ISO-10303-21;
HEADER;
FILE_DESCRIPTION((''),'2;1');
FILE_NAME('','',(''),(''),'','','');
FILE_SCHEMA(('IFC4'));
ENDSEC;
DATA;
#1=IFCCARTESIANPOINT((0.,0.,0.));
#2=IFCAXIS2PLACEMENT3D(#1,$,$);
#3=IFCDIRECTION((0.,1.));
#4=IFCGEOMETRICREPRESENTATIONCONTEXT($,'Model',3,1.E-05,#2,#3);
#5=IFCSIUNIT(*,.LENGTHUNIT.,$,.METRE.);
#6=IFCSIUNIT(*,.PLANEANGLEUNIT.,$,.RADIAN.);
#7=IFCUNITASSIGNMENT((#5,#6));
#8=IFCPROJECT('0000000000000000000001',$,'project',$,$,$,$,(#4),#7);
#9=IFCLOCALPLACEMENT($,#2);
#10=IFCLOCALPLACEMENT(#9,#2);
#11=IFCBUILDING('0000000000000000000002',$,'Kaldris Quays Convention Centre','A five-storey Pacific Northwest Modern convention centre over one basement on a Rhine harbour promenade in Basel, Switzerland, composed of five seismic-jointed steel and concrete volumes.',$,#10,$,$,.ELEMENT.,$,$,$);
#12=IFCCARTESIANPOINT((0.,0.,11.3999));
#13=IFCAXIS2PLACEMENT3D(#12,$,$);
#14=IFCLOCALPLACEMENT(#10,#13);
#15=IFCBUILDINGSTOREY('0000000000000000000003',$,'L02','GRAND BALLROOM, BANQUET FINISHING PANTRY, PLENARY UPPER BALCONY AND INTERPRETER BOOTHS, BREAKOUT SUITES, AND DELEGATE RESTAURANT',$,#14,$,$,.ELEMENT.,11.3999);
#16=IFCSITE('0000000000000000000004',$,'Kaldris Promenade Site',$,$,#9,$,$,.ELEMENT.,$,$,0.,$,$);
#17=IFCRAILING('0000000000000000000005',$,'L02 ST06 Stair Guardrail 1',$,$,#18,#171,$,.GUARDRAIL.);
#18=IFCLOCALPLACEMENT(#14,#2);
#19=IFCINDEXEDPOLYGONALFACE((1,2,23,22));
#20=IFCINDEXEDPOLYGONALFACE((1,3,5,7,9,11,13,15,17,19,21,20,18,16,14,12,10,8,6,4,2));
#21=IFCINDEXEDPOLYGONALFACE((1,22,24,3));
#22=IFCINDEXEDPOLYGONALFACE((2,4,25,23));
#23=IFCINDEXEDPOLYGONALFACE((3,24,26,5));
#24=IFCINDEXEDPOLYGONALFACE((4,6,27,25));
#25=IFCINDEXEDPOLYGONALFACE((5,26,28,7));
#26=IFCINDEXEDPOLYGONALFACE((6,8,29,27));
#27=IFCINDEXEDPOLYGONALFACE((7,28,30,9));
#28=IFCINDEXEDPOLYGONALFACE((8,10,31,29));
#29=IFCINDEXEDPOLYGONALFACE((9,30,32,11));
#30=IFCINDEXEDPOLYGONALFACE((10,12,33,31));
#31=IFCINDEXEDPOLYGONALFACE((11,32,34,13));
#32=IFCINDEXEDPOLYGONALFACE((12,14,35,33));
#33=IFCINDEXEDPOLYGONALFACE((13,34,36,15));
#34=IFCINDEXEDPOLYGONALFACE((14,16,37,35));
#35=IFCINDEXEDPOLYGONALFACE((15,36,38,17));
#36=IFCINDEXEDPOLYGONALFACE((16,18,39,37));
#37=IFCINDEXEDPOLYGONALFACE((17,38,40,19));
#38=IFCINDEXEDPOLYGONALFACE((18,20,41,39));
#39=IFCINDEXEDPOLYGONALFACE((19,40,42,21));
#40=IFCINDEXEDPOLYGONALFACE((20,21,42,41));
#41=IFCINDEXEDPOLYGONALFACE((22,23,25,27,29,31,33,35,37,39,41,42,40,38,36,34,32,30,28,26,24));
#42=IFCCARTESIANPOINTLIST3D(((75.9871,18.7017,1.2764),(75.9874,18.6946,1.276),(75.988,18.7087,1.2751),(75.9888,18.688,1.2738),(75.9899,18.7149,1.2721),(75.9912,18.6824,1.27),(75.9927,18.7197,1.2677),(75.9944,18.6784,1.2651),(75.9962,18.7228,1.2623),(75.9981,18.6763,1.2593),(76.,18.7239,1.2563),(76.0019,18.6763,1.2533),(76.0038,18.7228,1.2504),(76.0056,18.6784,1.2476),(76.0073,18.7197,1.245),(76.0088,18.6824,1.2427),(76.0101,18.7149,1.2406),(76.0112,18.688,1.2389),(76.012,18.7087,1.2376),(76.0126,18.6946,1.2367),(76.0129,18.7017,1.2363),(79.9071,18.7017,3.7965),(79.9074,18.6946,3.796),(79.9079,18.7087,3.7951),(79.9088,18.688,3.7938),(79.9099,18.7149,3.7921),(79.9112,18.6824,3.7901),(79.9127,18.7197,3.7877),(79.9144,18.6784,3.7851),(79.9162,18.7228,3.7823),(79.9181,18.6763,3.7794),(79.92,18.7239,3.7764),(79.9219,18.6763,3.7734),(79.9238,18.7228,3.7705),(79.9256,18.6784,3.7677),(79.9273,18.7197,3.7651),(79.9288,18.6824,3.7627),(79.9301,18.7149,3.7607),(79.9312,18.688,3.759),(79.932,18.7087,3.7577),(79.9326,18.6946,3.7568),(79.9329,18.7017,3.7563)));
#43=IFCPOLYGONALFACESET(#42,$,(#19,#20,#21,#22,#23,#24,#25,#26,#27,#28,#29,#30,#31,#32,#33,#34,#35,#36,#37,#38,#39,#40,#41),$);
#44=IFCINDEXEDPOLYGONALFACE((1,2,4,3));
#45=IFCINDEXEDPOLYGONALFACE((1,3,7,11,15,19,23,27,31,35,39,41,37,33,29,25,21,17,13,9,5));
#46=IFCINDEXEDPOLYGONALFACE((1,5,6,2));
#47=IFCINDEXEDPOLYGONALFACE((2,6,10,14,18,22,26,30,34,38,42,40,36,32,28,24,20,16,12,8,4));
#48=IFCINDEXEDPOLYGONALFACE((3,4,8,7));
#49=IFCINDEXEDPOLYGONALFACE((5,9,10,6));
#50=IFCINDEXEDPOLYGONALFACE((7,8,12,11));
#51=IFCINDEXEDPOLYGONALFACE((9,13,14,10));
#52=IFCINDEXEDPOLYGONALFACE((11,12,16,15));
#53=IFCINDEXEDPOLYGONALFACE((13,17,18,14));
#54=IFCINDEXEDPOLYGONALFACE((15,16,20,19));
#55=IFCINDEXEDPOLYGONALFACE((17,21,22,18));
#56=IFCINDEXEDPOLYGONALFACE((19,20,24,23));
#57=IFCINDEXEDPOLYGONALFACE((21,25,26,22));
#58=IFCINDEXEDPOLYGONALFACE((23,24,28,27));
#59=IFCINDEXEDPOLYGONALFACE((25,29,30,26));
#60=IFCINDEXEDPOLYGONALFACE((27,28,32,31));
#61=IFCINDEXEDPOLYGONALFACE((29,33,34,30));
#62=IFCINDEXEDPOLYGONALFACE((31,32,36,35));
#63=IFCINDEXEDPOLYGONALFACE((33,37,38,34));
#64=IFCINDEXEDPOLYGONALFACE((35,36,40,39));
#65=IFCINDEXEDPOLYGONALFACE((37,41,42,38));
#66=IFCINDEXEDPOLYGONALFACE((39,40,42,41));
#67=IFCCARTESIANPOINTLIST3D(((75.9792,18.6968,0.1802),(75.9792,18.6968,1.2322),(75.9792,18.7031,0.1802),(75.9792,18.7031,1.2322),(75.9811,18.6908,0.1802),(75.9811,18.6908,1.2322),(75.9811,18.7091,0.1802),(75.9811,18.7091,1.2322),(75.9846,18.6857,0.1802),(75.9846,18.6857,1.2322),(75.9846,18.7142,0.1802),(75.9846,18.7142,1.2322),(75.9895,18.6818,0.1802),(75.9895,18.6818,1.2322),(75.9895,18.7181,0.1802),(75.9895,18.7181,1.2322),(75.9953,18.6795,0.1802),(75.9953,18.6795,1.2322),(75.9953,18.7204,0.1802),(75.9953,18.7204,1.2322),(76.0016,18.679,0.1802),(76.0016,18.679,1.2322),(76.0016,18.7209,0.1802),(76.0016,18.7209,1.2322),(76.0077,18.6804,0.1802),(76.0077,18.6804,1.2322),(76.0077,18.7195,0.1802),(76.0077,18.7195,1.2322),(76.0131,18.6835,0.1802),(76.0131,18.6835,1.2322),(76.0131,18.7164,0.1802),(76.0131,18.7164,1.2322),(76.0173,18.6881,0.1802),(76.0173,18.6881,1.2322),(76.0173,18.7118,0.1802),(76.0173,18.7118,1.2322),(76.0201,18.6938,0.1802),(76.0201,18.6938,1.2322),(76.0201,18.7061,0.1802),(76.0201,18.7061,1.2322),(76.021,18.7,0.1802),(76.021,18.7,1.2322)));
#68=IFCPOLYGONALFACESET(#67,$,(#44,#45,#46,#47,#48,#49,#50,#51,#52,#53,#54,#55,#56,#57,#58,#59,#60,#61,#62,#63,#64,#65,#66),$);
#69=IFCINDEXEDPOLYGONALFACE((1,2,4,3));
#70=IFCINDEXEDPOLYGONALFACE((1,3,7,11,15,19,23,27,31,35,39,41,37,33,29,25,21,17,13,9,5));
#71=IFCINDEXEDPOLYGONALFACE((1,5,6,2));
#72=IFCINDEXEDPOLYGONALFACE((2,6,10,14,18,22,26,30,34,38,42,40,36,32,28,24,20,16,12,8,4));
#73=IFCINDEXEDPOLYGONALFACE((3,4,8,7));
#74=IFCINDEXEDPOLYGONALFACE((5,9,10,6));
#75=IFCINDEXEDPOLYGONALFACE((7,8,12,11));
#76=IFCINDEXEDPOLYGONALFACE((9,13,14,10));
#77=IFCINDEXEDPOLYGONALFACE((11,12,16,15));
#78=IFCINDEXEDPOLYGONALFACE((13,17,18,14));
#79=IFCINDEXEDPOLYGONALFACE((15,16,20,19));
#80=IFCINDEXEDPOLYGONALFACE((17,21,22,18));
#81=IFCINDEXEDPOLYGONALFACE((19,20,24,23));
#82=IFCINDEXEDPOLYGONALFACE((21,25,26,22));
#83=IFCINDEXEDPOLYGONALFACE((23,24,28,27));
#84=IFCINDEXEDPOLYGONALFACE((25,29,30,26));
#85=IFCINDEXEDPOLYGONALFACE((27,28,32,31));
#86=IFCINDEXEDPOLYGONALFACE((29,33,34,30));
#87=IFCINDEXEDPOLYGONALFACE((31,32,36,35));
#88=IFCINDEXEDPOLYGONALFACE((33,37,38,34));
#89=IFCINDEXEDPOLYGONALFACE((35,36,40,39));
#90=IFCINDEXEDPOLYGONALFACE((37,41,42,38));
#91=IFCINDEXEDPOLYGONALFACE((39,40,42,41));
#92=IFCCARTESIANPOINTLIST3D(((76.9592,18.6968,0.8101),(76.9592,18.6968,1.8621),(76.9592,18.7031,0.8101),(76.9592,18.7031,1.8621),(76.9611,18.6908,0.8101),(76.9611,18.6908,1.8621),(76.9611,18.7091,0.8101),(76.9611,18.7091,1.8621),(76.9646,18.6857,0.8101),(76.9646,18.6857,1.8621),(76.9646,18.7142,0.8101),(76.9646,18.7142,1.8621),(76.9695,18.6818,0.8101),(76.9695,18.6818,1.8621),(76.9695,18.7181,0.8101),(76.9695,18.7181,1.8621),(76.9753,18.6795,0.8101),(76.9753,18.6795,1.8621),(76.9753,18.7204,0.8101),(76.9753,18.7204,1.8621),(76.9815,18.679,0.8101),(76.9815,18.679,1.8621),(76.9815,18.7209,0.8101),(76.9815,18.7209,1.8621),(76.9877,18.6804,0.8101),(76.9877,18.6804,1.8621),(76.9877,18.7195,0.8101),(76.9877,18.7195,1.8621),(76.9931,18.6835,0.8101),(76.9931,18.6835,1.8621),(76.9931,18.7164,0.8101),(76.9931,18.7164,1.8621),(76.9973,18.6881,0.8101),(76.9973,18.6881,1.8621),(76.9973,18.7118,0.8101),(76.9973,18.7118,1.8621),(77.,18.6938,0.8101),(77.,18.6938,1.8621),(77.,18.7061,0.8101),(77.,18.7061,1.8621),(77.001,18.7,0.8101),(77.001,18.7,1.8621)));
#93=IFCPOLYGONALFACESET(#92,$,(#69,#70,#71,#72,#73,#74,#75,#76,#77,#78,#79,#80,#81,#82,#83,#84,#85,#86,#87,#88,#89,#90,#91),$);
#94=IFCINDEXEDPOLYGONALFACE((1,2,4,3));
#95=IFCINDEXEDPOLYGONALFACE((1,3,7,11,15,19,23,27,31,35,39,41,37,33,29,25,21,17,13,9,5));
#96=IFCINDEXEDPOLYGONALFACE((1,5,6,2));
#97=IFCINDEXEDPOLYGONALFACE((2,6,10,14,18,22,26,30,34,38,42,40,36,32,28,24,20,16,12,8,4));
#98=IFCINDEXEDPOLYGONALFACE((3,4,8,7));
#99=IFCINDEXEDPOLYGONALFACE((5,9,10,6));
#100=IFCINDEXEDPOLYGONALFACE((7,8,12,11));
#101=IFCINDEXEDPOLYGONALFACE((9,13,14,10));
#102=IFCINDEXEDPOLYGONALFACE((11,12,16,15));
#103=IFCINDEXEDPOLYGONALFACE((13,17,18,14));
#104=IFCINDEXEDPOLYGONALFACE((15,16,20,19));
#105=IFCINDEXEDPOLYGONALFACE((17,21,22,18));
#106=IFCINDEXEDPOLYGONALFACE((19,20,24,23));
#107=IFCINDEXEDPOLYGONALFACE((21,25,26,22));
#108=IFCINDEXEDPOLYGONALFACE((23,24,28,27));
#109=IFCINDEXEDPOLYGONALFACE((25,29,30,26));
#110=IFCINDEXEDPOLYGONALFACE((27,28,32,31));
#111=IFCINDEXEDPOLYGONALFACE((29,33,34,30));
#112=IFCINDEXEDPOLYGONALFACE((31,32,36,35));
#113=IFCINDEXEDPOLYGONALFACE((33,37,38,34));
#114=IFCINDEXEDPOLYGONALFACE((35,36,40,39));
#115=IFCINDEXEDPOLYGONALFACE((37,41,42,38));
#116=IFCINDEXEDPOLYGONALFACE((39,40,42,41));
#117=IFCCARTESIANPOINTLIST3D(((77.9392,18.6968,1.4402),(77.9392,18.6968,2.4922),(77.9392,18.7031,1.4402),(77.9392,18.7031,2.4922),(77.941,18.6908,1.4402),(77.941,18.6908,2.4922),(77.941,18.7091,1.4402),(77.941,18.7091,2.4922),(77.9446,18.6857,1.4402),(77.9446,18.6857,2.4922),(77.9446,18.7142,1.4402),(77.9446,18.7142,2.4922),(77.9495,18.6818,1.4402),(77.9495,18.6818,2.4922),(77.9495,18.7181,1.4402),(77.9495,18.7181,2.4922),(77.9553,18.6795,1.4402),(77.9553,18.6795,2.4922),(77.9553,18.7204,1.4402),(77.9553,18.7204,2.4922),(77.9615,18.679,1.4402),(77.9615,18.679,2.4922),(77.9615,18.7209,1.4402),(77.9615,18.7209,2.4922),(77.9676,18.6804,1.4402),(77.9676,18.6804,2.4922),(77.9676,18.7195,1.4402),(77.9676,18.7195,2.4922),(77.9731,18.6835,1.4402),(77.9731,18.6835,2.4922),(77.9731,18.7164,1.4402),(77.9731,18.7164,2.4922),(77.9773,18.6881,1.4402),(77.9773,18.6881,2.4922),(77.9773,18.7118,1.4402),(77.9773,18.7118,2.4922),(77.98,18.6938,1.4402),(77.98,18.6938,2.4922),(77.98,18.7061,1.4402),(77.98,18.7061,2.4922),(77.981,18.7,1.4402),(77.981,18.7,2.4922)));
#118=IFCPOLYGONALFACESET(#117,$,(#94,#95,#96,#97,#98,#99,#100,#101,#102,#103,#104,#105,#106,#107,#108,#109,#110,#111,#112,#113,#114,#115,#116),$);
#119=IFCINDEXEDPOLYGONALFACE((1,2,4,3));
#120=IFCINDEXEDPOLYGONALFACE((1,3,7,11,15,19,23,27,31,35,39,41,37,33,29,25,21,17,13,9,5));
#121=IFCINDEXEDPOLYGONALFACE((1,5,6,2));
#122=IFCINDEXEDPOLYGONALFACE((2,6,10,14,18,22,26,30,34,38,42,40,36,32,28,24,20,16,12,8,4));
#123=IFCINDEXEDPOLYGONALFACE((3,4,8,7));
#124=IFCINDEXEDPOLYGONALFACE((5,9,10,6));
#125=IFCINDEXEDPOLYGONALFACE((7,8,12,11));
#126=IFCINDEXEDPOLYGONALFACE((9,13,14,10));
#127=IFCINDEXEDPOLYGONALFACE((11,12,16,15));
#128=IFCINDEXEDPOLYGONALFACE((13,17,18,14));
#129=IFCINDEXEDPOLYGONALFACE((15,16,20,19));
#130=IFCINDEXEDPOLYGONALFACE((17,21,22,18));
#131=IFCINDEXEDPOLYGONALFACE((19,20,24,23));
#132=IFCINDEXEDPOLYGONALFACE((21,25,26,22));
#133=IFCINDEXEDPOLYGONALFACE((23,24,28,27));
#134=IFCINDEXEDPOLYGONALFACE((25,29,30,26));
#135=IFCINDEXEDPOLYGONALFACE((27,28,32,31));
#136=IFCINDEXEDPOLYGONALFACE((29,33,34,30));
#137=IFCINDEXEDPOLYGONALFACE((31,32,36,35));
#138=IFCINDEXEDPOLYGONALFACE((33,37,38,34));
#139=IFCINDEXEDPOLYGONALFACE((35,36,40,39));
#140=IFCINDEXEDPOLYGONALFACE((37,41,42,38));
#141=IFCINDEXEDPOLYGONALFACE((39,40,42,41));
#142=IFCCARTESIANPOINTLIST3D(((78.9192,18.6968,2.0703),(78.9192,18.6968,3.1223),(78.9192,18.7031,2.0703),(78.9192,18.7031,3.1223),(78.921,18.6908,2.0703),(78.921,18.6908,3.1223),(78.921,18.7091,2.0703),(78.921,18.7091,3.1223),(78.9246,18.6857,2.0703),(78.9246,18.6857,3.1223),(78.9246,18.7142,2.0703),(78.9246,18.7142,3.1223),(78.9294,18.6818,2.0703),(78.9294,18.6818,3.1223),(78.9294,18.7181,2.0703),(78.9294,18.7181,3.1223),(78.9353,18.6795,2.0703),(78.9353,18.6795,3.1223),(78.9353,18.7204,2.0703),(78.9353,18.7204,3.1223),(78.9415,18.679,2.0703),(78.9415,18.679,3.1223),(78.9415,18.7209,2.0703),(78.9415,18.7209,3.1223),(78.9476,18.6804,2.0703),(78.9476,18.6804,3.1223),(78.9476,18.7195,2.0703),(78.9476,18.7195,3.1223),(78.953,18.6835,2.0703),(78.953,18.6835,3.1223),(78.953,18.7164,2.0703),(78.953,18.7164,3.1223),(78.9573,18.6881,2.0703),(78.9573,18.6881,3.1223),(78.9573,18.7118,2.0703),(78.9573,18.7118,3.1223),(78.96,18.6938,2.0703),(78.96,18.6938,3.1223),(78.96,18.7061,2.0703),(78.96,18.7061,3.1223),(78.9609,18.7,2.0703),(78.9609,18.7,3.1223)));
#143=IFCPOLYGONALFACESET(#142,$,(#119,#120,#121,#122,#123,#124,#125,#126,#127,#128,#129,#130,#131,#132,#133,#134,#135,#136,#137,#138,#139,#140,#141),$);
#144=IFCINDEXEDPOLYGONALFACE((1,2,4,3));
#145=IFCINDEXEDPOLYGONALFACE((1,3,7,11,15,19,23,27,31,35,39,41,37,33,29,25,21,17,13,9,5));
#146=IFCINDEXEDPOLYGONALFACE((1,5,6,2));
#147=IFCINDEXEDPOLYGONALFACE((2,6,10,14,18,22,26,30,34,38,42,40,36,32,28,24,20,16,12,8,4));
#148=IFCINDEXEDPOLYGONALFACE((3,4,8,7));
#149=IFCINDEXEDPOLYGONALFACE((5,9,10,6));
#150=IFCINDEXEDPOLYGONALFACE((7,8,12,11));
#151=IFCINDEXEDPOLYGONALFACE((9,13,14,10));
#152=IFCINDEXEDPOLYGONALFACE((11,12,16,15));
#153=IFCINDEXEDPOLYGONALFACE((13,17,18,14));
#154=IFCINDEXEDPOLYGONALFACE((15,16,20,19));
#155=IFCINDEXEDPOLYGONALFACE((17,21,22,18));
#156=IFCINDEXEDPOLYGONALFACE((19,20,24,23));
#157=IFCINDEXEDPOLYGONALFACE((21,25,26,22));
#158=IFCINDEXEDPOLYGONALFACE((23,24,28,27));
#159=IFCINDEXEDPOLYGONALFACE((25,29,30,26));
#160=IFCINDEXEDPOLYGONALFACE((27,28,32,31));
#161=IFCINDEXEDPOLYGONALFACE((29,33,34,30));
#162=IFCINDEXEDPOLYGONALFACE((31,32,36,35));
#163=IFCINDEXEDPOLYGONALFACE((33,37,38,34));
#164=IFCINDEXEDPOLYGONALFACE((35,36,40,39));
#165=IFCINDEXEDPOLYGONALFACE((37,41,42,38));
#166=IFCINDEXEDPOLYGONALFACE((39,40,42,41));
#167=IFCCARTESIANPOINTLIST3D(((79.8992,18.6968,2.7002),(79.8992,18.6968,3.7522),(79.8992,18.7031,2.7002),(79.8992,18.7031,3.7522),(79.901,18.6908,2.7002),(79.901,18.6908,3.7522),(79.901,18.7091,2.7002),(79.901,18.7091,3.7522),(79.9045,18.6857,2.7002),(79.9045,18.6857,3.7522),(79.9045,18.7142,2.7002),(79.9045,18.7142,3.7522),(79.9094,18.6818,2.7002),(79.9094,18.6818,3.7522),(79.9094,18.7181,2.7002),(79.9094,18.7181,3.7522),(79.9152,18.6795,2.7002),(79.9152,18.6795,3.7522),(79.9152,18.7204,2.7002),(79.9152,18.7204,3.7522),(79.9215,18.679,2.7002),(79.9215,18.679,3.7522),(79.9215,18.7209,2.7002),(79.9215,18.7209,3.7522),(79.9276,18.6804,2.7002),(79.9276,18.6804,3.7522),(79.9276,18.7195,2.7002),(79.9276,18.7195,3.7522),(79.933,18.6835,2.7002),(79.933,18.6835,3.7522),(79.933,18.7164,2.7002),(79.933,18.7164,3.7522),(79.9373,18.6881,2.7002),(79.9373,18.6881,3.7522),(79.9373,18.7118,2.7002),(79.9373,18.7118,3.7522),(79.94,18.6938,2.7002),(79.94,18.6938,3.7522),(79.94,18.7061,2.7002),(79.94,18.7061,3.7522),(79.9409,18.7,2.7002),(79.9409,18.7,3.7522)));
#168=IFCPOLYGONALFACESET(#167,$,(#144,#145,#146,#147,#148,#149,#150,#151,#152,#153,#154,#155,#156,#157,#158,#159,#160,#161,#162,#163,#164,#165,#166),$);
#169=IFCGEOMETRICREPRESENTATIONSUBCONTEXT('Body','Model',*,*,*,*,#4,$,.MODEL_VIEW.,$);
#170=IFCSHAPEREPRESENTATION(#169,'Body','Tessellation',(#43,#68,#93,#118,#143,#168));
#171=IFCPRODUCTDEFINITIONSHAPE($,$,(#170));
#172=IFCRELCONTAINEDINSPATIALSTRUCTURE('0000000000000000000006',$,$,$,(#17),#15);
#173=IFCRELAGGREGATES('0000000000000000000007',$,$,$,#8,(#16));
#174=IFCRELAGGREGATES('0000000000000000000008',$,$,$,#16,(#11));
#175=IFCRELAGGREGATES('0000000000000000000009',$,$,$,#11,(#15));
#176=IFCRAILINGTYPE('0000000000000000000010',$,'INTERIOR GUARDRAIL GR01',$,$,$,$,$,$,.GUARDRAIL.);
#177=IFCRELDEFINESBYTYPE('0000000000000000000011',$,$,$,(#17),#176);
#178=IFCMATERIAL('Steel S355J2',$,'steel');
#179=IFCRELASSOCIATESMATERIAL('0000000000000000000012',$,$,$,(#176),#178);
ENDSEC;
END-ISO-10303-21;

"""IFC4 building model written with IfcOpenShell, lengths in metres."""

from ifc_helpers import new_model, si_unit, direction, frame, origin, origin_2d, place, context, subcontext, project, spatial, circle, extrude, material, type_object, element, save


model = new_model("IFC4")

# Units and contexts
model_context = context("Model", 3, precision=1e-05, world=origin(), true_north=direction((0.0, 1.0)))
body_context = subcontext(model_context, "Body", "Model", "MODEL_VIEW")
ifc_project = project(units=[si_unit("LENGTHUNIT", "METRE"), si_unit("PLANEANGLEUNIT", "RADIAN")], contexts=[model_context])

# Site, building, storey
site_placement = place(None, origin())
site = spatial("IfcSite", under=ifc_project, at=site_placement, Name="Kaldris Promenade Site", CompositionType="ELEMENT", RefElevation=0.0)
building_placement = place(site_placement, origin())
building = spatial("IfcBuilding", under=site, at=building_placement, Name="Kaldris Quays Convention Centre", Description="A five-storey Pacific Northwest Modern convention centre over one basement on a Rhine harbour promenade in Basel, Switzerland, composed of five seismic-jointed steel and concrete volumes.", CompositionType="ELEMENT")
storey_placement = place(building_placement, frame((0.0, 0.0, 11.3999)))
storey = spatial("IfcBuildingStorey", under=building, at=storey_placement, Name="L02", Description="GRAND BALLROOM, BANQUET FINISHING PANTRY, PLENARY UPPER BALCONY AND INTERPRETER BOOTHS, BREAKOUT SUITES, AND DELEGATE RESTAURANT", CompositionType="ELEMENT", Elevation=11.3999)

# Shared definitions
ifc_material_1 = material(Name="Steel S355J2", Category="steel")

# Railing
railing_type_1 = type_object("IfcRailingType", Name="INTERIOR GUARDRAIL GR01", PredefinedType="GUARDRAIL", material=ifc_material_1)
railing_1_placement = place(storey_placement, frame((76.0, 18.7, 0.1802)))
element("IfcRailing", 1, at=railing_1_placement, inside=storey, type_object=railing_type_1, Name="L02 ST06 Stair Guardrail 1", PredefinedType="GUARDRAIL", context=body_context, shape_type="SweptSolid", body=[
    extrude(circle(Radius=0.0239, at=origin_2d()), frame((0.0, 0.0, 1.0762), z_axis=(0.841172, 0.0, 0.540768), x_axis=(0.0, 1.0, 0.0)), (0.0, 0.0, 1.0), 4.6602),
    extrude(circle(Radius=0.021, at=origin_2d()), origin(), (0.0, 0.0, 1.0), 1.052),
    extrude(circle(Radius=0.021, at=origin_2d()), frame((0.98, 0.0, 0.6299)), (0.0, 0.0, 1.0), 1.052),
    extrude(circle(Radius=0.021, at=origin_2d()), frame((1.96, 0.0, 1.26)), (0.0, 0.0, 1.0), 1.052),
    extrude(circle(Radius=0.021, at=origin_2d()), frame((2.9399, 0.0, 1.8901)), (0.0, 0.0, 1.0), 1.052),
    extrude(circle(Radius=0.021, at=origin_2d()), frame((3.9199, 0.0, 2.52)), (0.0, 0.0, 1.0), 1.052),
])

save(model, "model.ifc")
